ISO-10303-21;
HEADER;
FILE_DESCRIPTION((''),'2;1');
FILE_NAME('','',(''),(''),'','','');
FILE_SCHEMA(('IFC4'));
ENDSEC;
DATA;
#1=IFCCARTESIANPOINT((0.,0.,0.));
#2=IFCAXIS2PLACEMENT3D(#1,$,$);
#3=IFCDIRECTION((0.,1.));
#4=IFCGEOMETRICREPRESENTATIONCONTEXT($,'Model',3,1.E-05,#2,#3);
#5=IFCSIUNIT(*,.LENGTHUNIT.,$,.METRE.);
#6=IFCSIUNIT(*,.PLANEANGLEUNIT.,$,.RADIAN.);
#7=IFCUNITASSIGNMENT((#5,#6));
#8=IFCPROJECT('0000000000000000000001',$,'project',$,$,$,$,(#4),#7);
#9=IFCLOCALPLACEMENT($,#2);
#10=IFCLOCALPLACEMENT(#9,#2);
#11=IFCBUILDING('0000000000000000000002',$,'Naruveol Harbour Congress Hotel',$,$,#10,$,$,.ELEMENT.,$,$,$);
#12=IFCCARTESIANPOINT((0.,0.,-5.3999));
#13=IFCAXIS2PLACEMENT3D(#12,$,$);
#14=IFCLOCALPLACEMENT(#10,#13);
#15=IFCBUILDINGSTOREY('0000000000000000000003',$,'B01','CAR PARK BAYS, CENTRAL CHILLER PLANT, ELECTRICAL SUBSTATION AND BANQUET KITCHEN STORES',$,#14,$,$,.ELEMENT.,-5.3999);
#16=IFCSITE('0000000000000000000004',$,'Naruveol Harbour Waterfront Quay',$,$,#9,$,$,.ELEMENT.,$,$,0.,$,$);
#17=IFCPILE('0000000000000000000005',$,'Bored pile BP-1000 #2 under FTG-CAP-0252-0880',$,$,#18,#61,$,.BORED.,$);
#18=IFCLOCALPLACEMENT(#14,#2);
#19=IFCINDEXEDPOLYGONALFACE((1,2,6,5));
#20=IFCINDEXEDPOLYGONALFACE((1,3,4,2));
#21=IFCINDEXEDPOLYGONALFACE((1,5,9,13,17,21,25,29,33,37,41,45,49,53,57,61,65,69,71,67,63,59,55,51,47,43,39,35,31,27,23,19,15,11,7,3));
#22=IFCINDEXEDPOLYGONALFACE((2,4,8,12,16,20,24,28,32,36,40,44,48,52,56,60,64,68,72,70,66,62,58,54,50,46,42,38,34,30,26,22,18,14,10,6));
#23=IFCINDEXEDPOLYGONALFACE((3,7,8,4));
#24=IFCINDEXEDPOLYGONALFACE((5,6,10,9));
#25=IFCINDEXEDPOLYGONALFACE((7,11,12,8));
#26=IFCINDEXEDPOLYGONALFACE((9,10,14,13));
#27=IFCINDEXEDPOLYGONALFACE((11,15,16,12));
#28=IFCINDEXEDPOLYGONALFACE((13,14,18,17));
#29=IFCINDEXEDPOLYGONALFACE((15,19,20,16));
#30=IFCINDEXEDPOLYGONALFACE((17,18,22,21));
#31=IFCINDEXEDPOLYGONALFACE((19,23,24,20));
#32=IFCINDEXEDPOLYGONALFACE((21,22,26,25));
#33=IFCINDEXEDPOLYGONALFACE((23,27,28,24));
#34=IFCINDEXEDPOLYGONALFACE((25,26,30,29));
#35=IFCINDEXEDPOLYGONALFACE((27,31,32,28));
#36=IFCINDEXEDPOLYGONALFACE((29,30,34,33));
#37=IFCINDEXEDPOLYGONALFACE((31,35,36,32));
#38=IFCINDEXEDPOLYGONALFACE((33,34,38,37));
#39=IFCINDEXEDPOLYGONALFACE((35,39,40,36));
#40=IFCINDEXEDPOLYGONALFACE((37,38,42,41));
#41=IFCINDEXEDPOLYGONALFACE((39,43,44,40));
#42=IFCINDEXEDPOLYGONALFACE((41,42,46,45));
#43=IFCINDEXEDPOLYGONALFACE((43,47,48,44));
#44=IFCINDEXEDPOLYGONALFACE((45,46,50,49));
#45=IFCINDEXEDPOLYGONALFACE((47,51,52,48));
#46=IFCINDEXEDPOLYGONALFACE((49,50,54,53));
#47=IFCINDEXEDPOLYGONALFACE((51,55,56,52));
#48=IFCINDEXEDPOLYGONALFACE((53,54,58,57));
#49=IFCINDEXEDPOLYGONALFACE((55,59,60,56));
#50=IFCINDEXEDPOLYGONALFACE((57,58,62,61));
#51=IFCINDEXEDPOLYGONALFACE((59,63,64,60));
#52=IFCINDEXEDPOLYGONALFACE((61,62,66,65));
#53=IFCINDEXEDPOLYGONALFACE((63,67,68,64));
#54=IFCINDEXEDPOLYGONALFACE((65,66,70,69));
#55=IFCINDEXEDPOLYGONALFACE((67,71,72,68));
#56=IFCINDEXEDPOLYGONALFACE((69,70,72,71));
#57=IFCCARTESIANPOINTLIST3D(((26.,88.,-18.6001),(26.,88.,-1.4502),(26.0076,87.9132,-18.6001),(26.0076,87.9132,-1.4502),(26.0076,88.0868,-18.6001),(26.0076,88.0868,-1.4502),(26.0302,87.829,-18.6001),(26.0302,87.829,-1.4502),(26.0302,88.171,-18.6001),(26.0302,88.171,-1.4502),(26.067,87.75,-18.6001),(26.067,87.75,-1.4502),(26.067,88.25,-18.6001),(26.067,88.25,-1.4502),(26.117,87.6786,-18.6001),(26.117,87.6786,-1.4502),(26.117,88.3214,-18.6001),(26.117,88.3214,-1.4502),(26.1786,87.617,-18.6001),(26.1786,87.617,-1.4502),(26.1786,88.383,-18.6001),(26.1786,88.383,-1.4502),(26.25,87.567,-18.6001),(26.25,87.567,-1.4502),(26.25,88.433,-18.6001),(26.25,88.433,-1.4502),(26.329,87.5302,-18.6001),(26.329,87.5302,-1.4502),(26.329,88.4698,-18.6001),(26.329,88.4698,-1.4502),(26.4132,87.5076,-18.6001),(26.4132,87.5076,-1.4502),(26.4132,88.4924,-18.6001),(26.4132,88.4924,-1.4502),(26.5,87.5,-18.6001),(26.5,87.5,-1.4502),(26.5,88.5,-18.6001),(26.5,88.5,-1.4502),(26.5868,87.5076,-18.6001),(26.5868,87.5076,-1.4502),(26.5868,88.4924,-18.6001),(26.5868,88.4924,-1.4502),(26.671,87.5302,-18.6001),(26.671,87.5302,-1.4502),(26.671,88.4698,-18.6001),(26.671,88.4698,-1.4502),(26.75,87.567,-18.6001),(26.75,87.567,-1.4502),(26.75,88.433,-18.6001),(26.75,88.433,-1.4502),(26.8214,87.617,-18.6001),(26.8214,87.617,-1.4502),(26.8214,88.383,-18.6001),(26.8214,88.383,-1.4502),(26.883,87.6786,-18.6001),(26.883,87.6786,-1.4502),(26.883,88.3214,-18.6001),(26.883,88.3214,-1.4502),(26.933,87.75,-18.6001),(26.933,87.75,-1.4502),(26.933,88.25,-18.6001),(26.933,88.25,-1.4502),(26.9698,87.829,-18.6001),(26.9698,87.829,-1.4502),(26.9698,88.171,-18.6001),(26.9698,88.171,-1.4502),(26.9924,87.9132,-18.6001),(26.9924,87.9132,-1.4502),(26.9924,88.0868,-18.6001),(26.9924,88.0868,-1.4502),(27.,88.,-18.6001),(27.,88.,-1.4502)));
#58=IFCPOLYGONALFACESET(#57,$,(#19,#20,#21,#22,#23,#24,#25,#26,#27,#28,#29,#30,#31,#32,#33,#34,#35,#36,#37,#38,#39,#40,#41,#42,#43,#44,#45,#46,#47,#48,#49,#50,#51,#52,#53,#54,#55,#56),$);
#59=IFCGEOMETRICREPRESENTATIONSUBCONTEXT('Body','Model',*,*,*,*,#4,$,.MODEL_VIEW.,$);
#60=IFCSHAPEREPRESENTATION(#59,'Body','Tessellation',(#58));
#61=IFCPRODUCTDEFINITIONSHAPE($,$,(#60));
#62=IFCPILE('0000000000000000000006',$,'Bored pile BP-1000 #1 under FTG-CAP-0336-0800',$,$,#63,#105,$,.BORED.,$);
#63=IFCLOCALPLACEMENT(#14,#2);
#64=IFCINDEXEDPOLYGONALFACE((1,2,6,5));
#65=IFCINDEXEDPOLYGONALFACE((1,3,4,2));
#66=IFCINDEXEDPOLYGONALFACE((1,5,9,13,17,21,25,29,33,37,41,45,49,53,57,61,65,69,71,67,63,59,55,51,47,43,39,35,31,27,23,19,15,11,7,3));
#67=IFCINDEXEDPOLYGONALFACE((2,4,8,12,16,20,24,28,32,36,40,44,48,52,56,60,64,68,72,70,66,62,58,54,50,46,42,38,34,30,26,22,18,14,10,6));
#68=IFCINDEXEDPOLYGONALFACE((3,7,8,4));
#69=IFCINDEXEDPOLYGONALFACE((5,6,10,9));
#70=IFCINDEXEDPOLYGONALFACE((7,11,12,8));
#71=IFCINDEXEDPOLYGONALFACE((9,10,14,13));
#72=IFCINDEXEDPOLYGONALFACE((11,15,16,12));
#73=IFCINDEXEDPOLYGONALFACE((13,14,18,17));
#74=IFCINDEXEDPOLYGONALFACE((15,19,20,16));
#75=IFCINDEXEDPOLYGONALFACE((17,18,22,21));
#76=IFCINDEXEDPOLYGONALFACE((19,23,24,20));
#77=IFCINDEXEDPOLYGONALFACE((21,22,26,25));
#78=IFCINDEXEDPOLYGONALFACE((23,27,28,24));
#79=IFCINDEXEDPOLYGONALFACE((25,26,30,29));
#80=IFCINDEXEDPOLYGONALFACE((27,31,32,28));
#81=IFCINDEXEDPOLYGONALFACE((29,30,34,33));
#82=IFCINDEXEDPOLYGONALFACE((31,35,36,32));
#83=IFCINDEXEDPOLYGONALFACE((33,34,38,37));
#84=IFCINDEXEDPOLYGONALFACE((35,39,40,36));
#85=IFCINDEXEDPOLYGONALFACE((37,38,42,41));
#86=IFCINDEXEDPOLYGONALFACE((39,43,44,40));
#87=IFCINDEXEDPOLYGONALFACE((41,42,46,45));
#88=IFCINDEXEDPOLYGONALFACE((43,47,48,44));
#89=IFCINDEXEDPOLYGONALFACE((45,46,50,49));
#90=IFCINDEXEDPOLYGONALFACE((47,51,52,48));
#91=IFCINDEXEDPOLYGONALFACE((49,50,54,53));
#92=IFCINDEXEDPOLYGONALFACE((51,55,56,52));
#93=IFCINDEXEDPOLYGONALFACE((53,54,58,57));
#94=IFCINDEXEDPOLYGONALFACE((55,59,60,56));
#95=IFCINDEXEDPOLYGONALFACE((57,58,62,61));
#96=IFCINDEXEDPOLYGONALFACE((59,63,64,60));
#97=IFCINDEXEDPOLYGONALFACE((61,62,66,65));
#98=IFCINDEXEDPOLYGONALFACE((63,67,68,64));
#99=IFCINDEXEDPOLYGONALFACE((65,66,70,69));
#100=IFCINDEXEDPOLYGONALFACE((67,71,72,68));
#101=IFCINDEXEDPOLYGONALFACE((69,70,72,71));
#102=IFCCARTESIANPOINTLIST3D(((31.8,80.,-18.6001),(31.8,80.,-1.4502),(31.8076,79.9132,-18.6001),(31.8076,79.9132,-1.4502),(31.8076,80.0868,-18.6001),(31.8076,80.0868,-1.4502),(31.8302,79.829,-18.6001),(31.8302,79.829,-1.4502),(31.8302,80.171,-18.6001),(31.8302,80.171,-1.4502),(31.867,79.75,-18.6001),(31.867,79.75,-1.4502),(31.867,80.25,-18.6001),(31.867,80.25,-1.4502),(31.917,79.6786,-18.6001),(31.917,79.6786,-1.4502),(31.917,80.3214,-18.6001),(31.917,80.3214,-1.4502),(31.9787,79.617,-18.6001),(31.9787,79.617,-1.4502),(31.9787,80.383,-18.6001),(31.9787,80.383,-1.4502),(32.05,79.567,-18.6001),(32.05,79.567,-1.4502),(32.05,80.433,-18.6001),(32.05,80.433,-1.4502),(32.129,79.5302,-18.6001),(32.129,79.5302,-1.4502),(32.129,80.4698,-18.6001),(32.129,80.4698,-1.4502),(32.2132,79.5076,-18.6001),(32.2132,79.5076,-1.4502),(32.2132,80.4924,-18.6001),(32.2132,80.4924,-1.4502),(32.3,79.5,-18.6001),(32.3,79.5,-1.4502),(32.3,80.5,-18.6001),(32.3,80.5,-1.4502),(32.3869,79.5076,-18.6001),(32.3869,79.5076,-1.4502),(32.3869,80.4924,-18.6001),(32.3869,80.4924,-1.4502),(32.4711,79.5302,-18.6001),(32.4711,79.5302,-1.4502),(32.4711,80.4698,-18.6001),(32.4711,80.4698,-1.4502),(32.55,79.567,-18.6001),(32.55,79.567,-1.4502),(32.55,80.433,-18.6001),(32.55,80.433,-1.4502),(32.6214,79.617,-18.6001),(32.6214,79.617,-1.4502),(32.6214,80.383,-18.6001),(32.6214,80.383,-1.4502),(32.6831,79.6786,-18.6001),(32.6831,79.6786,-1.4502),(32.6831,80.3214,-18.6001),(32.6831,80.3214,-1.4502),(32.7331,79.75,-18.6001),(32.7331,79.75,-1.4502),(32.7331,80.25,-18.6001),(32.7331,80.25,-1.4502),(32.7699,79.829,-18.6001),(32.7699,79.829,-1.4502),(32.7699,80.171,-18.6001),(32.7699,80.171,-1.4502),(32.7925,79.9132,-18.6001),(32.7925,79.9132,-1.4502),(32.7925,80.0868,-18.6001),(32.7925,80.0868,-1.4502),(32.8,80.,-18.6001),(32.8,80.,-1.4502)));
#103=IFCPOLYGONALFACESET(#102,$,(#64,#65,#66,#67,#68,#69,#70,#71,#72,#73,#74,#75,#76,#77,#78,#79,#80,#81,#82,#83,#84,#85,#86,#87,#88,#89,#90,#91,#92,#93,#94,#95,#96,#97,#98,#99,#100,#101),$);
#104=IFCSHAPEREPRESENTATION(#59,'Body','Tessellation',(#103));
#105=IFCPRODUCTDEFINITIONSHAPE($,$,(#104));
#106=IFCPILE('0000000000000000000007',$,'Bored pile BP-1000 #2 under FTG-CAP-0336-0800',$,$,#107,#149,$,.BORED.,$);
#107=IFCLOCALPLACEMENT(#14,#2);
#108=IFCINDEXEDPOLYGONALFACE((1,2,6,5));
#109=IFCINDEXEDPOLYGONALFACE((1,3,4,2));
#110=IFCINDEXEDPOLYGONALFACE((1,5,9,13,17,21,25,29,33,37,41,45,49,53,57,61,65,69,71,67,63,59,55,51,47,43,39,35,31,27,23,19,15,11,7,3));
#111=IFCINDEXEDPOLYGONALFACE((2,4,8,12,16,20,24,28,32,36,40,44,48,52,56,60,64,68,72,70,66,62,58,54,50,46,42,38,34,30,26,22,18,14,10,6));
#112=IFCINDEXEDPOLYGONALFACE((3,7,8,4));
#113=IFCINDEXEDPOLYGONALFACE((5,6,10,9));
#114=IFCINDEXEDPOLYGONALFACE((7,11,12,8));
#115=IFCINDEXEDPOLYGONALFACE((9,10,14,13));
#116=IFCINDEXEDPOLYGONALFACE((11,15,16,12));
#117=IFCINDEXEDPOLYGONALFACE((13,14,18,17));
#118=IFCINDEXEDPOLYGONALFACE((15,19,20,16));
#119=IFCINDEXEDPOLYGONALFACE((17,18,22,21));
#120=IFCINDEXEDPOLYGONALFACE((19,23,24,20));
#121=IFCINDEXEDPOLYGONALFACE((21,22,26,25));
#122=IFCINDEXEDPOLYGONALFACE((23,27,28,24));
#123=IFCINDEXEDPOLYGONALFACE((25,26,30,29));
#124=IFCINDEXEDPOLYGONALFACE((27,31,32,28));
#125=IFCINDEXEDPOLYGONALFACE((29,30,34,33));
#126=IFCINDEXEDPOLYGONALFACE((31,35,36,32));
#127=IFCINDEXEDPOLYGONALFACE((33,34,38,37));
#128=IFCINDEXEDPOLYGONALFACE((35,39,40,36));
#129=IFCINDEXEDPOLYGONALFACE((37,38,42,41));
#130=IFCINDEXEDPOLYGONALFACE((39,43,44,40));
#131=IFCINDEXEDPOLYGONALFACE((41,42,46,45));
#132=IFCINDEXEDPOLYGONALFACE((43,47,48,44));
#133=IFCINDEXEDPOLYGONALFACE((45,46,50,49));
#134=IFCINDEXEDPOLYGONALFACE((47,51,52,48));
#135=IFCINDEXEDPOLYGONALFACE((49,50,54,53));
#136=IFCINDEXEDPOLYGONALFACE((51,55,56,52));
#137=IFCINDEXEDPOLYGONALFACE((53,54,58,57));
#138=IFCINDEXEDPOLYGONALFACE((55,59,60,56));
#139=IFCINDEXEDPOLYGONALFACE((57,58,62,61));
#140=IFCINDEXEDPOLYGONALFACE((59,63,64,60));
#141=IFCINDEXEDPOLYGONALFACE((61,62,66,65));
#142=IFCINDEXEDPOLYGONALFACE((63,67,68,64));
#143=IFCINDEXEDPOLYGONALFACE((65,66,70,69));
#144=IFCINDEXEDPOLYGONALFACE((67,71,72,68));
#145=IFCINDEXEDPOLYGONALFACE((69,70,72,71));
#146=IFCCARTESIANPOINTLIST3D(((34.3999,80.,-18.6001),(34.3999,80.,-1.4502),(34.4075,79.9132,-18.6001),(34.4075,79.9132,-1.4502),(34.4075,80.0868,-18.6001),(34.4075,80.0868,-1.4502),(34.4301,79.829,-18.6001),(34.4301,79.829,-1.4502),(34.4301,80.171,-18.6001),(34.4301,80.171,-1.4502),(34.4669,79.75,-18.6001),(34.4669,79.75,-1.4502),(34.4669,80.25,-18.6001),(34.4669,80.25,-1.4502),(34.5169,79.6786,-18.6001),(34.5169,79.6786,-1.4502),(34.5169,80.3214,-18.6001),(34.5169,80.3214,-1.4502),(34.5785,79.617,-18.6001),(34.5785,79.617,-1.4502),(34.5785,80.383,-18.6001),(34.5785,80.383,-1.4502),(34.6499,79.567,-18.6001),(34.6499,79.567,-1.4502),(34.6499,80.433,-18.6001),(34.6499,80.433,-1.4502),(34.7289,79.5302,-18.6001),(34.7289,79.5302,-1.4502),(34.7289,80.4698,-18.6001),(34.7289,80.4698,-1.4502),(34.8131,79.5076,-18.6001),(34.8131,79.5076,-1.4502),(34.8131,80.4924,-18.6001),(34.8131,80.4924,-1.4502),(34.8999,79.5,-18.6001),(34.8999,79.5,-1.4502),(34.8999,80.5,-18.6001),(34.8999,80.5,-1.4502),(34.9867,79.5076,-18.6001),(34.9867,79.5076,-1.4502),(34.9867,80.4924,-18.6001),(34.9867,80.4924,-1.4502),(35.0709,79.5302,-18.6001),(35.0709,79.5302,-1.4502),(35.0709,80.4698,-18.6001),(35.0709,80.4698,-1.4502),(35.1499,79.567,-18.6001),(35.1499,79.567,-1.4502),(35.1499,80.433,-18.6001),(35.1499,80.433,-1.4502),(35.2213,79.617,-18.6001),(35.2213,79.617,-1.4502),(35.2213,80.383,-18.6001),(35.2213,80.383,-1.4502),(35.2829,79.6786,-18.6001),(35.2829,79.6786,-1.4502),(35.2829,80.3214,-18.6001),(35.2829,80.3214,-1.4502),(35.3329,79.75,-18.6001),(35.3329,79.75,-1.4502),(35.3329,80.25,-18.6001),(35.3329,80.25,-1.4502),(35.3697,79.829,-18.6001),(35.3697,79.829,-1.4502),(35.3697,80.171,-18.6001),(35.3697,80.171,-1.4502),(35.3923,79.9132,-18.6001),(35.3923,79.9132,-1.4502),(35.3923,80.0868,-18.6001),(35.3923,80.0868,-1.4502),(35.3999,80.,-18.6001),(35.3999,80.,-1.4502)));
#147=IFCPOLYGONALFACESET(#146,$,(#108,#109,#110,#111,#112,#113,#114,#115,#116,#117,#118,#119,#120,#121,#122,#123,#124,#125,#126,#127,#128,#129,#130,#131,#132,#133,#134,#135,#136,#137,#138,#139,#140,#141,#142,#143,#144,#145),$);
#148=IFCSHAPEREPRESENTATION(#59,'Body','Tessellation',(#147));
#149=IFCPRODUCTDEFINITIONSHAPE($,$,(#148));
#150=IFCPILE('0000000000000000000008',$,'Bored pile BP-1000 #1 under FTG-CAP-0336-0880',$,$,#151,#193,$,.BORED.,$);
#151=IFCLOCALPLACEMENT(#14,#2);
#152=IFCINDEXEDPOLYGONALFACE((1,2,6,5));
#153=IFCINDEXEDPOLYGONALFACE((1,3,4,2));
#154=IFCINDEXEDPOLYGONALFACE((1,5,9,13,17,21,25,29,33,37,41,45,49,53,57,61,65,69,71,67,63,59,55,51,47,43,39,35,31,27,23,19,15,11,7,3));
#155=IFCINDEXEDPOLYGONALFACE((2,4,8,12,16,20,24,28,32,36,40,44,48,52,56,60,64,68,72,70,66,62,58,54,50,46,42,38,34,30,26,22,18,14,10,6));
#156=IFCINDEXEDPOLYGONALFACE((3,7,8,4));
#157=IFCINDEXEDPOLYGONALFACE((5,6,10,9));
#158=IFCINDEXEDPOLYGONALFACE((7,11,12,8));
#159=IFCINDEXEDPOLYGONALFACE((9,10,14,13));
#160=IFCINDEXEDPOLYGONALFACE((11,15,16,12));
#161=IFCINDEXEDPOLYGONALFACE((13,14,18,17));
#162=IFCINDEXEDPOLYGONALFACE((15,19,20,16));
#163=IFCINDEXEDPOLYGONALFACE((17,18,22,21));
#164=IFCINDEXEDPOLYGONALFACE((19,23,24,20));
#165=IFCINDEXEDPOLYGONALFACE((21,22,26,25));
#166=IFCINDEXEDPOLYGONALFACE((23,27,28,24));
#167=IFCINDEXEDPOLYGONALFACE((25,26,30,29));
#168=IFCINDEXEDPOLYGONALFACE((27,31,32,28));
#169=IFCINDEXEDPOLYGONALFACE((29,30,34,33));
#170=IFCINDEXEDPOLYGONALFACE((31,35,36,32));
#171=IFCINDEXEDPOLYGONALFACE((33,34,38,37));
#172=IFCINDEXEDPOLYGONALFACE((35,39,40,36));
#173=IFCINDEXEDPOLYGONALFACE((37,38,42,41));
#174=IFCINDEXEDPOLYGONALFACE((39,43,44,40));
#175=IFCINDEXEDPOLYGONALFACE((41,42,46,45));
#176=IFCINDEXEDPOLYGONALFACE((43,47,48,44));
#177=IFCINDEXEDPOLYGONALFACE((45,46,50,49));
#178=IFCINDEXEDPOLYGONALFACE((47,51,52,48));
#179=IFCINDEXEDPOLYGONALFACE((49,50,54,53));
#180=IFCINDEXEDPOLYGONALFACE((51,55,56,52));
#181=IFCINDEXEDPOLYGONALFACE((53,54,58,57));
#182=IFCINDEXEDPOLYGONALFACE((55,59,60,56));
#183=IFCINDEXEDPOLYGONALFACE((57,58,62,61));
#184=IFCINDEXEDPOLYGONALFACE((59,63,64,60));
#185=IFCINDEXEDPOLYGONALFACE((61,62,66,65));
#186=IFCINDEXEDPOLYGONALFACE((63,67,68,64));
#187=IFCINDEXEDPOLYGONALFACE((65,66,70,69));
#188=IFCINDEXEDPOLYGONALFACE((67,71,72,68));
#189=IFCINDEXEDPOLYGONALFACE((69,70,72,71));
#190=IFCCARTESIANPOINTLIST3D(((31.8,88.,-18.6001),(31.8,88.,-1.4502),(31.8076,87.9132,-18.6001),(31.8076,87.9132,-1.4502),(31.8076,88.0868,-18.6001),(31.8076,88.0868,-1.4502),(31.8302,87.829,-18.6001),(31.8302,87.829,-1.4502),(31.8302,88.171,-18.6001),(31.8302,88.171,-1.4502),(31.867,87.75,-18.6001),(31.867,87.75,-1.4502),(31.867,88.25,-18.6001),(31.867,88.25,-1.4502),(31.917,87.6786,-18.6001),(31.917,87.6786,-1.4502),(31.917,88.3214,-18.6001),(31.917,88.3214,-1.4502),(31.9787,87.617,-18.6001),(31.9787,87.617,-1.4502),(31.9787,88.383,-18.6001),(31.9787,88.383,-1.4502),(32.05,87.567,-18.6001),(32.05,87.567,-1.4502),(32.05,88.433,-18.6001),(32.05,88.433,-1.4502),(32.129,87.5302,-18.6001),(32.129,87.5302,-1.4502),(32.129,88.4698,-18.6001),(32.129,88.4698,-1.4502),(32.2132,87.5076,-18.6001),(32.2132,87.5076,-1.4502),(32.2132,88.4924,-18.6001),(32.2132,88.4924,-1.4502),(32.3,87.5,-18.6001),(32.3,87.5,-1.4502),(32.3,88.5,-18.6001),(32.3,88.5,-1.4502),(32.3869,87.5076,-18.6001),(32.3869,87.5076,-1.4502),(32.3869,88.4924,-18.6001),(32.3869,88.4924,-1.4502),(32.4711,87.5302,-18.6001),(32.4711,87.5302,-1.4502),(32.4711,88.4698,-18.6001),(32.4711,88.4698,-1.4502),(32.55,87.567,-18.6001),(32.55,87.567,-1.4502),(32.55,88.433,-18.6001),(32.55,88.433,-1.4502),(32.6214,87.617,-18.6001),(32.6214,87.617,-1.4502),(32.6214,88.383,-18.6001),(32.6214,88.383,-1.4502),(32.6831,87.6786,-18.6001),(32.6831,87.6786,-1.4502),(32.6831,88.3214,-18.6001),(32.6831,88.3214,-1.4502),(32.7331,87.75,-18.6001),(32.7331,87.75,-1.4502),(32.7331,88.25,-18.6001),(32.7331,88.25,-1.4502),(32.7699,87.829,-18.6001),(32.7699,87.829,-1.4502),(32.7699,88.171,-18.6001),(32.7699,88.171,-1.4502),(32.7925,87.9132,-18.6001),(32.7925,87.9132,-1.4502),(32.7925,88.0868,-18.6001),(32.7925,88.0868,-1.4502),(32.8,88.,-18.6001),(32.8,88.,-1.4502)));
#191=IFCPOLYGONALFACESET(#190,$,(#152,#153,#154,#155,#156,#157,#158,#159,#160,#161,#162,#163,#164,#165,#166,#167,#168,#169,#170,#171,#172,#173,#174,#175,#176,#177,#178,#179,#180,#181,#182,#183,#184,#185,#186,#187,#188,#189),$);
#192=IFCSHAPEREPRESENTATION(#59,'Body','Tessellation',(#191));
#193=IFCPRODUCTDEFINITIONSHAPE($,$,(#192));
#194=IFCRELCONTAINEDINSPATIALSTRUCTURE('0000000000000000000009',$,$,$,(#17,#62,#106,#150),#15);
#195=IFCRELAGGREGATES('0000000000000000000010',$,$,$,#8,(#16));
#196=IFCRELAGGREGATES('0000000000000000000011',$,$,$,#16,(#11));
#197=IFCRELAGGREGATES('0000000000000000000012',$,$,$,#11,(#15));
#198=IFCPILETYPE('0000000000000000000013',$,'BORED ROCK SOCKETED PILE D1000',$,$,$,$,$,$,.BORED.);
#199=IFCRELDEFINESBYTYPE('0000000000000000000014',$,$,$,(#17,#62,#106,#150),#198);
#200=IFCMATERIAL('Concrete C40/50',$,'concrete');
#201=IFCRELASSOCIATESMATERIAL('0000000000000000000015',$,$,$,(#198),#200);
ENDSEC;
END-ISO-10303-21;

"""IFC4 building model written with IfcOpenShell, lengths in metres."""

from ifc_helpers import new_model, si_unit, direction, frame, origin, origin_2d, place, context, subcontext, project, spatial, circle, extrude, material, material_profile, profile_set, type_object, element, save


model = new_model("IFC4")

# Units and contexts
model_context = context("Model", 3, precision=1e-05, world=origin(), true_north=direction((0.0, 1.0)))
body_context = subcontext(model_context, "Body", "Model", "MODEL_VIEW")
ifc_project = project(units=[si_unit("LENGTHUNIT", "METRE"), si_unit("PLANEANGLEUNIT", "RADIAN")], contexts=[model_context])

# Site, building, storey
site_placement = place(None, origin())
site = spatial("IfcSite", under=ifc_project, at=site_placement, Name="Naruveol Harbour Waterfront Quay", CompositionType="ELEMENT", RefElevation=0.0)
building_placement = place(site_placement, origin())
building = spatial("IfcBuilding", under=site, at=building_placement, Name="Naruveol Harbour Congress Hotel", CompositionType="ELEMENT")
storey_placement = place(building_placement, frame((0.0, 0.0, -5.3999)))
storey = spatial("IfcBuildingStorey", under=building, at=storey_placement, Name="B01", Description="CAR PARK BAYS, CENTRAL CHILLER PLANT, ELECTRICAL SUBSTATION AND BANQUET KITCHEN STORES", CompositionType="ELEMENT", Elevation=-5.3999)

# Piles
ifc_material_1 = material(Name="Concrete C40/50", Category="concrete")
ifc_material_profile_1 = material_profile(ifc_material_1, circle(Radius=0.5, at=origin_2d()), Name="BP-1000")
ifc_profile_set_1 = profile_set([ifc_material_profile_1], Name="Concrete C40/50")
pile_type = type_object("IfcPileType", Name="BORED ROCK SOCKETED PILE D1000", PredefinedType="BORED", material=ifc_profile_set_1)
for number, where, z_axis, x_axis, name in (
    (1, (26.5, 88.0, -1.4502), (0.0, 0.0, -1.0), (1.0, 0.0, 0.0), "Bored pile BP-1000 #2 under FTG-CAP-0252-0880"),
    (2, (32.3, 80.0, -1.4502), (0.0, 0.0, -1.0), (1.0, 0.0, 0.0), "Bored pile BP-1000 #1 under FTG-CAP-0336-0800"),
    (3, (34.8999, 80.0, -1.4502), (0.0, 0.0, -1.0), (1.0, 0.0, 0.0), "Bored pile BP-1000 #2 under FTG-CAP-0336-0800"),
    (4, (32.3, 88.0, -1.4502), (0.0, 0.0, -1.0), (1.0, 0.0, 0.0), "Bored pile BP-1000 #1 under FTG-CAP-0336-0880"),
):
    element("IfcPile", number, at=place(storey_placement, frame(where, z_axis=z_axis, x_axis=x_axis)), inside=storey, type_object=pile_type, Name=name, PredefinedType="BORED", context=body_context, shape_type="SweptSolid", body=[
        extrude(circle(Radius=0.5, at=origin_2d()), origin(), (0.0, 0.0, 1.0), 17.1499),
    ])

save(model, "model.ifc")
